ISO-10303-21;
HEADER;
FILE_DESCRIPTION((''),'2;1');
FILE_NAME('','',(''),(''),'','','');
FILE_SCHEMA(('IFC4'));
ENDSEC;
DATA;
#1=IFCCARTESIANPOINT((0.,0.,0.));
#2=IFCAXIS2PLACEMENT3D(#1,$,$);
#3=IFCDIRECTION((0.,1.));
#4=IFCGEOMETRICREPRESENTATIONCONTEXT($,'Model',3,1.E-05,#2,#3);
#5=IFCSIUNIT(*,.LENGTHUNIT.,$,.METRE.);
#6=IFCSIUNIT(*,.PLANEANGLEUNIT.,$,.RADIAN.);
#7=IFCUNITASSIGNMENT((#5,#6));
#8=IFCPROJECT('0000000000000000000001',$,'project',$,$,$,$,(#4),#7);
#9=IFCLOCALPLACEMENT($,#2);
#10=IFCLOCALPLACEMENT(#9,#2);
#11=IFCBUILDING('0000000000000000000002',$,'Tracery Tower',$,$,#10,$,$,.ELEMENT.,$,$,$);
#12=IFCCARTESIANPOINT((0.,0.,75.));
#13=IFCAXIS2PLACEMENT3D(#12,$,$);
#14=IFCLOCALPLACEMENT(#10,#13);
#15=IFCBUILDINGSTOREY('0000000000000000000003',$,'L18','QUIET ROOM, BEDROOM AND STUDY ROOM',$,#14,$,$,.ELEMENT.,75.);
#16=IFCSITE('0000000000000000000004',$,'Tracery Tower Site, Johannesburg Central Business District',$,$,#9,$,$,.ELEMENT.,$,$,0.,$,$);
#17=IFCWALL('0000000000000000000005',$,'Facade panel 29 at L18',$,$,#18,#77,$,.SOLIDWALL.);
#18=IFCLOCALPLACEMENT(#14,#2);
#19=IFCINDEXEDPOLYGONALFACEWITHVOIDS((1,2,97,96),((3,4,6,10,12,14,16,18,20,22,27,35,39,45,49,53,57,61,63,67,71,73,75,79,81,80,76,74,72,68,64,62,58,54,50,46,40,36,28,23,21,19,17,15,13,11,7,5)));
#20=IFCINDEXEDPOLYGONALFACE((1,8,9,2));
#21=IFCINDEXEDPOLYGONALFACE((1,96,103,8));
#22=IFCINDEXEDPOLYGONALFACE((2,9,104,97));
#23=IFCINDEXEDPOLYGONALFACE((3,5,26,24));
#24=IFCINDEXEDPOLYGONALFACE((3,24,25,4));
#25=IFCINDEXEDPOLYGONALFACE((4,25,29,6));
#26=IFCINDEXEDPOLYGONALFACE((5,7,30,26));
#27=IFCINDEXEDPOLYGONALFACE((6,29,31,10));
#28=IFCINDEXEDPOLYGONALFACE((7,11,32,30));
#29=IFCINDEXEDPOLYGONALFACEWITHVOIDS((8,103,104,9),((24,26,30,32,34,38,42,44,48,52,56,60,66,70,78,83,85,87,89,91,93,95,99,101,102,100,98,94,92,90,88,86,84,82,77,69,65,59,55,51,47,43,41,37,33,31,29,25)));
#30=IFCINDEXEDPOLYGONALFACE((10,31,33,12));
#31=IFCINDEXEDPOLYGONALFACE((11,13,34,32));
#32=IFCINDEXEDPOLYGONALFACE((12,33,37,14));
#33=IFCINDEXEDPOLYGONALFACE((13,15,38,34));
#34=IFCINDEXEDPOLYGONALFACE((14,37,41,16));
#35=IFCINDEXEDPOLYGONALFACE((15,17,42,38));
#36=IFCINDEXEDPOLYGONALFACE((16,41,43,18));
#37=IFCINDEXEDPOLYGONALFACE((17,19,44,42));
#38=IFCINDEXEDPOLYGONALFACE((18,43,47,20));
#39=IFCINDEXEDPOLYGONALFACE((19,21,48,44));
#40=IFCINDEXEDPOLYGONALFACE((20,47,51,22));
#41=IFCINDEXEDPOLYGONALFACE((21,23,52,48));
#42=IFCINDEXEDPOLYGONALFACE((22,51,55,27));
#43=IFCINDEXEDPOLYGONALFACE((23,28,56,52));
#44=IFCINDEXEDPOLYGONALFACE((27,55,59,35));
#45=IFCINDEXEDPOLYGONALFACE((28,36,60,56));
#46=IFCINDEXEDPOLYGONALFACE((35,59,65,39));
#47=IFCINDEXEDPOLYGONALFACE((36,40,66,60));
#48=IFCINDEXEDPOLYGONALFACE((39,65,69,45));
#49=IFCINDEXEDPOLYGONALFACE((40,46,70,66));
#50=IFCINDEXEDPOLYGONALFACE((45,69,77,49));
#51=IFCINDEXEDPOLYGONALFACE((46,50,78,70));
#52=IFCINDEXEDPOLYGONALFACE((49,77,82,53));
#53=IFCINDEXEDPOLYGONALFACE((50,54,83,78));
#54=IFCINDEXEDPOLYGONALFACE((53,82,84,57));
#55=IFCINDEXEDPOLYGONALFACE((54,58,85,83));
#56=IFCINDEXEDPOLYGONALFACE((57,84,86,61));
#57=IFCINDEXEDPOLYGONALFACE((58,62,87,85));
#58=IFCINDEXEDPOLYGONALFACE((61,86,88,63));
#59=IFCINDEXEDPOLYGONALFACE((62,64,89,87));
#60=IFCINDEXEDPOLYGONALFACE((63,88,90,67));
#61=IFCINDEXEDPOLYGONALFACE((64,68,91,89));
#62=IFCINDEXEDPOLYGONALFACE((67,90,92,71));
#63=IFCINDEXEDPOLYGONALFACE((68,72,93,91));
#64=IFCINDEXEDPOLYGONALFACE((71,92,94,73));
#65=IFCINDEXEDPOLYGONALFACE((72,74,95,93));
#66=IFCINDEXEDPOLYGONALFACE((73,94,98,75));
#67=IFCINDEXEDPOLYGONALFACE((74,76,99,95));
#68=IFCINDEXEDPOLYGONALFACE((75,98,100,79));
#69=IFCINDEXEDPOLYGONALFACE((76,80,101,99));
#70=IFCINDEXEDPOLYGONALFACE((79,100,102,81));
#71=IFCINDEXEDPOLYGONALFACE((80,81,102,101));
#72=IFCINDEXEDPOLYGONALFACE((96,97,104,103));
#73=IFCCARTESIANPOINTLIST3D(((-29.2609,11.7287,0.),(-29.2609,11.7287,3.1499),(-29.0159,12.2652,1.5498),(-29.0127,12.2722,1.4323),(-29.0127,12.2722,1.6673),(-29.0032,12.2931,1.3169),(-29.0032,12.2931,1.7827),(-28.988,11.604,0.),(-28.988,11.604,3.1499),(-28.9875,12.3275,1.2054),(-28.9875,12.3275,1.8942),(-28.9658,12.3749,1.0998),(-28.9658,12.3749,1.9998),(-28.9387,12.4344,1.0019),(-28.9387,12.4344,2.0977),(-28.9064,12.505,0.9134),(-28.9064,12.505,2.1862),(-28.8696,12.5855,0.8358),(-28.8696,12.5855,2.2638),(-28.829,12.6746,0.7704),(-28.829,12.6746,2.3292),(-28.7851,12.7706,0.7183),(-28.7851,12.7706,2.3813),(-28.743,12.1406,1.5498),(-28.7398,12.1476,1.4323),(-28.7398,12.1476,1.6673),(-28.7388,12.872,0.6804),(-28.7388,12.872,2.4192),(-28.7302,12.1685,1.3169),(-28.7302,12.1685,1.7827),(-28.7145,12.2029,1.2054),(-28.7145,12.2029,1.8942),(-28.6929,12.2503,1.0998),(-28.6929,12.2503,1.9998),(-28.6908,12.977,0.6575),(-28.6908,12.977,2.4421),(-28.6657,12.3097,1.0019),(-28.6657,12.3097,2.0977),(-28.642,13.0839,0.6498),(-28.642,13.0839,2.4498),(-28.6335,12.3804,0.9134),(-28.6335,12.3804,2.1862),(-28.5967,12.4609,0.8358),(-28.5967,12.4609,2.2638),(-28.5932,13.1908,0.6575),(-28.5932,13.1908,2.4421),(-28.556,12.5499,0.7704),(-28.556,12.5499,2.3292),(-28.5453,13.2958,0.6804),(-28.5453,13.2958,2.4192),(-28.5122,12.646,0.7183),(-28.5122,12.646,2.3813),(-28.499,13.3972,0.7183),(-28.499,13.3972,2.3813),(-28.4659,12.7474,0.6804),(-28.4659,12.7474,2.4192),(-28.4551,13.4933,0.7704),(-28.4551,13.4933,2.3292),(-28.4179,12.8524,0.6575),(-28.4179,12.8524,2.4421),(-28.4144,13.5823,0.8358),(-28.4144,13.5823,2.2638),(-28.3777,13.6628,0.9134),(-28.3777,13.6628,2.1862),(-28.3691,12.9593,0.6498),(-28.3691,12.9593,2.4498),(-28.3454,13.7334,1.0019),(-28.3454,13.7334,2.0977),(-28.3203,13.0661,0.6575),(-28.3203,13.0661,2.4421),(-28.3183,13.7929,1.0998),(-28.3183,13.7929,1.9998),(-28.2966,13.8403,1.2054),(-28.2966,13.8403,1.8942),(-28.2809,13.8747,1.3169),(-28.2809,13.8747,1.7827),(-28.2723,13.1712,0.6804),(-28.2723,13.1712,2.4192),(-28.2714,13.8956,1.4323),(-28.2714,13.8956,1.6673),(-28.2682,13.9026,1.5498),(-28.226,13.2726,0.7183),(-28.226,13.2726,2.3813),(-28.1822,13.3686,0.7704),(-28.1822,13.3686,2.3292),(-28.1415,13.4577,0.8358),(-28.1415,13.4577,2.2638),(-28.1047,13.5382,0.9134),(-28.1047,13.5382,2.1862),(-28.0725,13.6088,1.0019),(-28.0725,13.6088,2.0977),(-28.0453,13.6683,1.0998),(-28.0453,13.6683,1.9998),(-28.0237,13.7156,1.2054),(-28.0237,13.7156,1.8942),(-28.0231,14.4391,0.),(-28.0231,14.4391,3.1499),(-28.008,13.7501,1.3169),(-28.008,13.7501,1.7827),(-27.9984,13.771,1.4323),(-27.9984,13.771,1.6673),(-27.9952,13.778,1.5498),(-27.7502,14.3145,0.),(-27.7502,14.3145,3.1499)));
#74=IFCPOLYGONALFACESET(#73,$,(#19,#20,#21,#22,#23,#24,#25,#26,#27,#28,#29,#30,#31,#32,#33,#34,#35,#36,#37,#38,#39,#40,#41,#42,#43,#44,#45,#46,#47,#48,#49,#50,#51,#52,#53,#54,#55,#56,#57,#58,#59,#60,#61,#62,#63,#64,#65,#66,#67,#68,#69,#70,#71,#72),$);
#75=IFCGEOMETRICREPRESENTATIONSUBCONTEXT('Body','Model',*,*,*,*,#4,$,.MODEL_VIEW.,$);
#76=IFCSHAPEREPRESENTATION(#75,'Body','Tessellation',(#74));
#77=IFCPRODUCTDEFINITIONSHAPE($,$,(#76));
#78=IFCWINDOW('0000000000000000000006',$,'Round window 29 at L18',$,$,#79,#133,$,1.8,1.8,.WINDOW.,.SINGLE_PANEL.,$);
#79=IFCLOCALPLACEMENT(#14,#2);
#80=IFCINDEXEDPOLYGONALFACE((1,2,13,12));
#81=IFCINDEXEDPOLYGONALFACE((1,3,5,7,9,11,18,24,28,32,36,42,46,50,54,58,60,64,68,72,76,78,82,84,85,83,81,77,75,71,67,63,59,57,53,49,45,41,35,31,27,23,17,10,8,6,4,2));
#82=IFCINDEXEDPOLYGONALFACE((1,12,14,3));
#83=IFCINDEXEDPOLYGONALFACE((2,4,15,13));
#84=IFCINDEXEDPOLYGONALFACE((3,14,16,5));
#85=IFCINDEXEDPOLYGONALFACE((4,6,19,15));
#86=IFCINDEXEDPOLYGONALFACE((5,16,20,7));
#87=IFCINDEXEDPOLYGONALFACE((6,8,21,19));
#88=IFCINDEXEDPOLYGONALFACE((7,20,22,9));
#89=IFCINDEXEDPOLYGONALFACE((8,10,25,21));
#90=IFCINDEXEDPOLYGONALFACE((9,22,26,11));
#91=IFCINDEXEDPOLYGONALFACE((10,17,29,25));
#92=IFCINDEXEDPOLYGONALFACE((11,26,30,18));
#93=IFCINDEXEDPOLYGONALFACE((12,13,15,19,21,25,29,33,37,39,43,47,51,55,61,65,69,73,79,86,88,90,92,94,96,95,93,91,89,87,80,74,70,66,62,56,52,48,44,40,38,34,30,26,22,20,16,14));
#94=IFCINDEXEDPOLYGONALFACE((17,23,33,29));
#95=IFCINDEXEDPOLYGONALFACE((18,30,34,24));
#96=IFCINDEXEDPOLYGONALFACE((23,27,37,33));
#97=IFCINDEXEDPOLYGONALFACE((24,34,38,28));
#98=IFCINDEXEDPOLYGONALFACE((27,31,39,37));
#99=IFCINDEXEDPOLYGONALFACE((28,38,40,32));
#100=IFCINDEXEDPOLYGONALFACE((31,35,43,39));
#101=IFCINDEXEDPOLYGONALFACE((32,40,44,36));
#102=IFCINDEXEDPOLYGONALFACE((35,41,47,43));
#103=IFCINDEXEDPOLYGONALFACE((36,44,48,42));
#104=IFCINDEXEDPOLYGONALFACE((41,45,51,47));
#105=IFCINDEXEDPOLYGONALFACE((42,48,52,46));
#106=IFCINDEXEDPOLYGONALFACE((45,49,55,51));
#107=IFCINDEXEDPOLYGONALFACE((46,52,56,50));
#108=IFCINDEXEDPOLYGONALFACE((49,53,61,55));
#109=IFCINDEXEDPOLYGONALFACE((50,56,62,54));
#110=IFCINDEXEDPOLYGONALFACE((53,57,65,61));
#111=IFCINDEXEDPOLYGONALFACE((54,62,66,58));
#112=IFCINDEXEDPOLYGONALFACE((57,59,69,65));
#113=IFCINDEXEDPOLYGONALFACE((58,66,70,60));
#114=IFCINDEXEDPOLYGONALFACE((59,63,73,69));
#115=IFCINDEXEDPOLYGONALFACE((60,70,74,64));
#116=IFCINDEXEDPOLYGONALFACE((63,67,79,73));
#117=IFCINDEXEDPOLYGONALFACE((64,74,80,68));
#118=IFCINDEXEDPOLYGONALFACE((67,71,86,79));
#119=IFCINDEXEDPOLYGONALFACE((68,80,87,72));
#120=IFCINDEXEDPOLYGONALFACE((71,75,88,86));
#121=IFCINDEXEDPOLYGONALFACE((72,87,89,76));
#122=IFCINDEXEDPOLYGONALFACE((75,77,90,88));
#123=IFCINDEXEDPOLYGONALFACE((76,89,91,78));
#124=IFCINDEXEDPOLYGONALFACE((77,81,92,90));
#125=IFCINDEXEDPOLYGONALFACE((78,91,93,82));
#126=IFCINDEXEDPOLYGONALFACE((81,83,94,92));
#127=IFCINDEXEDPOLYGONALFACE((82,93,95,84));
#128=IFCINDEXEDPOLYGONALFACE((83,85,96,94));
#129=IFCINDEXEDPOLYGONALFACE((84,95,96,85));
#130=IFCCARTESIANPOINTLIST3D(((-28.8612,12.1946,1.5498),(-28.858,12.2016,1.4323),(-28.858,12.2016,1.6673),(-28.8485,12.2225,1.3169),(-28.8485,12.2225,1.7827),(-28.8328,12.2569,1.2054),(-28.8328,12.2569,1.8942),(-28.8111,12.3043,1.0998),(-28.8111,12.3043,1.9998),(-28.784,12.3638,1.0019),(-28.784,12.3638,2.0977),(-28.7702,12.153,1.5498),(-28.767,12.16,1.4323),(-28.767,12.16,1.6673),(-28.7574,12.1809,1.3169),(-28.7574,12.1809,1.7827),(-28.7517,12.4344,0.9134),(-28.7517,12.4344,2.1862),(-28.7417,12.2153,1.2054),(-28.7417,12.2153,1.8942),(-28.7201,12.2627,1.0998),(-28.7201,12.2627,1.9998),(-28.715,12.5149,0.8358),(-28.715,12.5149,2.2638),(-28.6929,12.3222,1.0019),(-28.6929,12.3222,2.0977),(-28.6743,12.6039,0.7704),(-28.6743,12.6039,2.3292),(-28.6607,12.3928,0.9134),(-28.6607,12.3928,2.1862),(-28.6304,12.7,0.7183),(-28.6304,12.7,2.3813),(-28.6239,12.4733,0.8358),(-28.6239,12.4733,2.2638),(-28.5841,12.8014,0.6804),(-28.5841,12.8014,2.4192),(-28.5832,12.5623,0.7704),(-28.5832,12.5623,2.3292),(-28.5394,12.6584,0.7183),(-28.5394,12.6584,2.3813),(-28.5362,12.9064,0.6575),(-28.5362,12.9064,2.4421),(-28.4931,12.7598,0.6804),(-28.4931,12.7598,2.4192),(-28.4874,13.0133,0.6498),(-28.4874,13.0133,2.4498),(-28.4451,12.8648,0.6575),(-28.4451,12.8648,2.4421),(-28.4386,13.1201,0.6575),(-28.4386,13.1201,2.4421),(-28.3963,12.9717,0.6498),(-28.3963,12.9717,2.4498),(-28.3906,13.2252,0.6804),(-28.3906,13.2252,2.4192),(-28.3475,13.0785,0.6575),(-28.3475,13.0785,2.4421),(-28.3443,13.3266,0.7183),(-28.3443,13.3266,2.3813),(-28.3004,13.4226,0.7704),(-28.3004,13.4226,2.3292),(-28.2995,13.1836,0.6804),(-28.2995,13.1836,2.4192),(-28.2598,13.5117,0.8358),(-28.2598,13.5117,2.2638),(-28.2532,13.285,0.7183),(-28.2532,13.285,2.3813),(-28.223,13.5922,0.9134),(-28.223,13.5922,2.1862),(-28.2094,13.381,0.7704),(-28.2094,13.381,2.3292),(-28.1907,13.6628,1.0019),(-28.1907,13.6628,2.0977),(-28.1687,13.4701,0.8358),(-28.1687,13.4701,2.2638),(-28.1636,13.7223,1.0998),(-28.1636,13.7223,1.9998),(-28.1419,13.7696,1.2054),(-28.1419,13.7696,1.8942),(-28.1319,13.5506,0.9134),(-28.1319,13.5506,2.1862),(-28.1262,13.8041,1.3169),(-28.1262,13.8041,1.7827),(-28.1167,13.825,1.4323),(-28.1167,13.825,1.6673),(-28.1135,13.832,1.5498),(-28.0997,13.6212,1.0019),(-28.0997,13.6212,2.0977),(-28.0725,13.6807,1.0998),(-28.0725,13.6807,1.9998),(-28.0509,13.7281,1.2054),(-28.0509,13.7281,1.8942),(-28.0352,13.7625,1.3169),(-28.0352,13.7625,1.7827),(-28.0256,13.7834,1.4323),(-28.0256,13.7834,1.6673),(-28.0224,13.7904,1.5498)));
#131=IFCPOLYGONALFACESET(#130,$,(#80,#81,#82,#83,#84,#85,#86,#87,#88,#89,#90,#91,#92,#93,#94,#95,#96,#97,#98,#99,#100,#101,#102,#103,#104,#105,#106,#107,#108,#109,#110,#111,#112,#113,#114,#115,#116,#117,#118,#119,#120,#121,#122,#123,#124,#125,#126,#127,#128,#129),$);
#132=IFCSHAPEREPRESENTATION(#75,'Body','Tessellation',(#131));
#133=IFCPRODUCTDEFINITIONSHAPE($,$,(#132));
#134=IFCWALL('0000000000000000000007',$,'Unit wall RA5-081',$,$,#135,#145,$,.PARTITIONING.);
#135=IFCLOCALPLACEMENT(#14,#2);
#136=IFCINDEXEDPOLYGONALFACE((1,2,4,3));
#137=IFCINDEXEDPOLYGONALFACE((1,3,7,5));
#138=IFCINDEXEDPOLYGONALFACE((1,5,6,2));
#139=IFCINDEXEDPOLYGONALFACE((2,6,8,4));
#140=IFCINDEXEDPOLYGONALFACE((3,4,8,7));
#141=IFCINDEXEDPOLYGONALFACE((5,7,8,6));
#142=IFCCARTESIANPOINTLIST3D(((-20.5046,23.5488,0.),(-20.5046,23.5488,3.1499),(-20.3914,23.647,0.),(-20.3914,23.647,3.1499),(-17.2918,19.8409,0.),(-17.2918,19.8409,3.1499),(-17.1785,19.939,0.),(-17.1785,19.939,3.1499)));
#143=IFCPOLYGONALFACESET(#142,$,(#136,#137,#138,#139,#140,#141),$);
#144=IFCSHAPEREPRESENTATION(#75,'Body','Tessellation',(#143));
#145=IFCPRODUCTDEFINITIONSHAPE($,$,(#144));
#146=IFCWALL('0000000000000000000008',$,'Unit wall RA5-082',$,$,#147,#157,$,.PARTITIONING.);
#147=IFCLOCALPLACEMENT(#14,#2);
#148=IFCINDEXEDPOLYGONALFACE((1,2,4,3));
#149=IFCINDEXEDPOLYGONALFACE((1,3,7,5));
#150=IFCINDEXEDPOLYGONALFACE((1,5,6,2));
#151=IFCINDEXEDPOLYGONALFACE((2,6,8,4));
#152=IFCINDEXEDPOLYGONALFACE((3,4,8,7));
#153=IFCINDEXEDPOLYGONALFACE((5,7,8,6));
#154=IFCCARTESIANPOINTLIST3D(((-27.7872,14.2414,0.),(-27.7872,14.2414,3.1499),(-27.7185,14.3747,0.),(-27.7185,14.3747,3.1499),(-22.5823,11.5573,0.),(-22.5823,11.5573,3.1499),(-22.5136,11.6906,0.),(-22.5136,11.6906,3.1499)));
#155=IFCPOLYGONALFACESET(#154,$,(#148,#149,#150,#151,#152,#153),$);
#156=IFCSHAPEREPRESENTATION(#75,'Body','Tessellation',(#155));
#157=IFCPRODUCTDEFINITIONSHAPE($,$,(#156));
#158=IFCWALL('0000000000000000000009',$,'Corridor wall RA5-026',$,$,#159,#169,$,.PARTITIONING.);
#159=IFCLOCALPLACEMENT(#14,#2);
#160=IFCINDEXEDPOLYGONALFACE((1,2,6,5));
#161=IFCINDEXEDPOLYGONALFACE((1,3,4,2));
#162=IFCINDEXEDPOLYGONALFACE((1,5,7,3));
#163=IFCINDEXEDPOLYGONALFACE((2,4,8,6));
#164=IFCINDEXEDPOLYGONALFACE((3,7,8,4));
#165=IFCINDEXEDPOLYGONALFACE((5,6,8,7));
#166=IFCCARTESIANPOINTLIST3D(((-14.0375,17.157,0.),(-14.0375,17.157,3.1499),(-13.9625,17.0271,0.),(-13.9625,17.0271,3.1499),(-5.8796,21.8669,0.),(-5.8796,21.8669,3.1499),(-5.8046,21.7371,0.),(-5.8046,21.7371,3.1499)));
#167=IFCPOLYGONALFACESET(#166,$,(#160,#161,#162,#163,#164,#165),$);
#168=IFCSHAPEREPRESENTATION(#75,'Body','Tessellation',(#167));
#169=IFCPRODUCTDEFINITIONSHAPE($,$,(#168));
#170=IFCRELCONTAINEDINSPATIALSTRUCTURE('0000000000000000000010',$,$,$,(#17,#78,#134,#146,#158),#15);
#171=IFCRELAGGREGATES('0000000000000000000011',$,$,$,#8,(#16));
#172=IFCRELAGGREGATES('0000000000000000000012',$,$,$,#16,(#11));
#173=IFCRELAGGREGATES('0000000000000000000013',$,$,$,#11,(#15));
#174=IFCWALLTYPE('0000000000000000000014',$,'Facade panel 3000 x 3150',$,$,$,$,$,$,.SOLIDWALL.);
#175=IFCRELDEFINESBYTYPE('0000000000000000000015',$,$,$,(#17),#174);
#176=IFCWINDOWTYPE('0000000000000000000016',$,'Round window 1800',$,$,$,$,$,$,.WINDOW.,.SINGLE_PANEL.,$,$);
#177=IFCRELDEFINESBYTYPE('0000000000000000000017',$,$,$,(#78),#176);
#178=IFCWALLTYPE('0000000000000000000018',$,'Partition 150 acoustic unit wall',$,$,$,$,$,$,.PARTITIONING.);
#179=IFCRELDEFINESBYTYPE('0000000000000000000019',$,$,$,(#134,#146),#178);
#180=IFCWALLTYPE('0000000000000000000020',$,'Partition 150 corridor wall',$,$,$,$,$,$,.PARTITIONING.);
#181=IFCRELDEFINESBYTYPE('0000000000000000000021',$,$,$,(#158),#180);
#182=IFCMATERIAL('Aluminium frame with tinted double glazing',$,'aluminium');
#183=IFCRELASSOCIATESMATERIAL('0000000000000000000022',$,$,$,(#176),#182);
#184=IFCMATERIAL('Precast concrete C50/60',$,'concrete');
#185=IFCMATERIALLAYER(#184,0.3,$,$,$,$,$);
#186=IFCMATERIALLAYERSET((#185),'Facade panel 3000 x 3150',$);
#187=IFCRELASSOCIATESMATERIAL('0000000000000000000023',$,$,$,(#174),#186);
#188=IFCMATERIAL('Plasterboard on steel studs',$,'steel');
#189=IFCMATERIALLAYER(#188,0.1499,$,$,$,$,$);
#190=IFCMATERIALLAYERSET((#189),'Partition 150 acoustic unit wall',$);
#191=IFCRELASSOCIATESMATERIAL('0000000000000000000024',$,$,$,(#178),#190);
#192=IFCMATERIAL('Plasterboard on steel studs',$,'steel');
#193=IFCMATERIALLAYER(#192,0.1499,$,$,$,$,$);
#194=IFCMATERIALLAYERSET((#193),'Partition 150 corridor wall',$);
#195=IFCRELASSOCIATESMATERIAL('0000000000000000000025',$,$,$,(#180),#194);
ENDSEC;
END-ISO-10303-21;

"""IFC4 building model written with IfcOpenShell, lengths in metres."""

from ifc_helpers import new_model, si_unit, direction, frame, frame_2d, origin, origin_2d, place, context, subcontext, project, spatial, rectangle, circle, extrude, material, layer, layer_set, type_object, element, fill, save


model = new_model("IFC4")

# Units and contexts
model_context = context("Model", 3, precision=1e-05, world=origin(), true_north=direction((0.0, 1.0)))
body_context = subcontext(model_context, "Body", "Model", "MODEL_VIEW")
ifc_project = project(units=[si_unit("LENGTHUNIT", "METRE"), si_unit("PLANEANGLEUNIT", "RADIAN")], contexts=[model_context])

# Site, building, storey
site_placement = place(None, origin())
site = spatial("IfcSite", under=ifc_project, at=site_placement, Name="Tracery Tower Site, Johannesburg Central Business District", CompositionType="ELEMENT", RefElevation=0.0)
building_placement = place(site_placement, origin())
building = spatial("IfcBuilding", under=site, at=building_placement, Name="Tracery Tower", CompositionType="ELEMENT")
storey_placement = place(building_placement, frame((0.0, 0.0, 75.0)))
storey = spatial("IfcBuildingStorey", under=building, at=storey_placement, Name="L18", Description="QUIET ROOM, BEDROOM AND STUDY ROOM", CompositionType="ELEMENT", Elevation=75.0)

# Wall, opening, window
ifc_material_1 = material(Name="Aluminium frame with tinted double glazing", Category="aluminium")
window_type = type_object("IfcWindowType", Name="Round window 1800", PartitioningType="SINGLE_PANEL", PredefinedType="WINDOW", material=ifc_material_1)
ifc_material_2 = material(Name="Precast concrete C50/60", Category="concrete")
ifc_layer_1 = layer(ifc_material_2, 0.3)
ifc_layer_set_1 = layer_set([ifc_layer_1], Name="Facade panel 3000 x 3150")
wall_type_1 = type_object("IfcWallType", Name="Facade panel 3000 x 3150", PredefinedType="SOLIDWALL", material=ifc_layer_set_1)
wall_1_placement = place(storey_placement, frame((-27.8867, 14.3767, 0.0), z_axis=(0.0, 0.0, 1.0), x_axis=(-0.415407, -0.909636, 0.0)))
wall_1 = element("IfcWall", 1, at=wall_1_placement, inside=storey, type_object=wall_type_1, Name="Facade panel 29 at L18", PredefinedType="SOLIDWALL", context=body_context, shape_type="SweptSolid", body=[
    extrude(rectangle(XDim=2.9797, YDim=0.3, at=frame_2d((1.4897, 0.0))), origin(), (0.0, 0.0, 1.0), 3.1499),
])
opening_1_placement = place(wall_1_placement, frame((1.4897, 0.0, 1.5498)))
opening_1 = element("IfcOpeningElement", 2, at=opening_1_placement, cuts=wall_1, PredefinedType="OPENING", context=body_context, shape_type="SweptSolid", body=[
    extrude(circle(Radius=0.9, at=origin_2d()), frame((0.0, 0.1599, 0.0), z_axis=(0.0, -1.0, 0.0), x_axis=(1.0, 0.0, 0.0)), (0.0, 0.0, 1.0), 0.3201),
])
window_1_placement = place(opening_1_placement, origin())
window_1 = element("IfcWindow", 3, at=window_1_placement, inside=storey, type_object=window_type, Name="Round window 29 at L18", OverallHeight=1.8, OverallWidth=1.8, PartitioningType="SINGLE_PANEL", PredefinedType="WINDOW", context=body_context, shape_type="SweptSolid", body=[
    extrude(circle(Radius=0.9, at=origin_2d()), frame((0.0, 0.1201, 0.0), z_axis=(0.0, -1.0, 0.0), x_axis=(1.0, 0.0, 0.0)), (0.0, 0.0, 1.0), 0.1001),
])
fill(opening_1, window_1)

# Walls
ifc_material_3 = material(Name="Plasterboard on steel studs", Category="steel")
ifc_layer_2 = layer(ifc_material_3, 0.1499)
ifc_layer_set_2 = layer_set([ifc_layer_2], Name="Partition 150 acoustic unit wall")
wall_type_2 = type_object("IfcWallType", Name="Partition 150 acoustic unit wall", PredefinedType="PARTITIONING", material=ifc_layer_set_2)
wall_2_placement = place(storey_placement, frame((-20.448, 23.5979, 0.0), z_axis=(0.0, 0.0, 1.0), x_axis=(0.654847, -0.755761, 0.0)))
element("IfcWall", 4, at=wall_2_placement, inside=storey, type_object=wall_type_2, Name="Unit wall RA5-081", PredefinedType="PARTITIONING", context=body_context, shape_type="SweptSolid", body=[
    extrude(rectangle(XDim=4.9062, YDim=0.1499, at=frame_2d((2.4531, 0.0))), origin(), (0.0, 0.0, 1.0), 3.1499),
])
wall_3_placement = place(storey_placement, frame((-27.7529, 14.3081, 0.0), z_axis=(0.0, 0.0, 1.0), x_axis=(0.88878, -0.458335, 0.0)))
element("IfcWall", 5, at=wall_3_placement, inside=storey, type_object=wall_type_2, Name="Unit wall RA5-082", PredefinedType="PARTITIONING", context=body_context, shape_type="SweptSolid", body=[
    extrude(rectangle(XDim=5.8562, YDim=0.1499, at=frame_2d((2.9282, 0.0))), origin(), (0.0, 0.0, 1.0), 3.1499),
])
ifc_material_4 = material(Name="Plasterboard on steel studs", Category="steel")
ifc_layer_3 = layer(ifc_material_4, 0.1499)
ifc_layer_set_3 = layer_set([ifc_layer_3], Name="Partition 150 corridor wall")
wall_type_3 = type_object("IfcWallType", Name="Partition 150 corridor wall", PredefinedType="PARTITIONING", material=ifc_layer_set_3)
wall_4_placement = place(storey_placement, frame((-14.0, 17.092, 0.0), z_axis=(0.0, 0.0, 1.0), x_axis=(0.866027, 0.499997, 0.0)))
element("IfcWall", 6, at=wall_4_placement, inside=storey, type_object=wall_type_3, Name="Corridor wall RA5-026", PredefinedType="PARTITIONING", context=body_context, shape_type="SweptSolid", body=[
    extrude(rectangle(XDim=9.4199, YDim=0.1499, at=frame_2d((4.71, 0.0))), origin(), (0.0, 0.0, 1.0), 3.1499),
])

save(model, "model.ifc")
